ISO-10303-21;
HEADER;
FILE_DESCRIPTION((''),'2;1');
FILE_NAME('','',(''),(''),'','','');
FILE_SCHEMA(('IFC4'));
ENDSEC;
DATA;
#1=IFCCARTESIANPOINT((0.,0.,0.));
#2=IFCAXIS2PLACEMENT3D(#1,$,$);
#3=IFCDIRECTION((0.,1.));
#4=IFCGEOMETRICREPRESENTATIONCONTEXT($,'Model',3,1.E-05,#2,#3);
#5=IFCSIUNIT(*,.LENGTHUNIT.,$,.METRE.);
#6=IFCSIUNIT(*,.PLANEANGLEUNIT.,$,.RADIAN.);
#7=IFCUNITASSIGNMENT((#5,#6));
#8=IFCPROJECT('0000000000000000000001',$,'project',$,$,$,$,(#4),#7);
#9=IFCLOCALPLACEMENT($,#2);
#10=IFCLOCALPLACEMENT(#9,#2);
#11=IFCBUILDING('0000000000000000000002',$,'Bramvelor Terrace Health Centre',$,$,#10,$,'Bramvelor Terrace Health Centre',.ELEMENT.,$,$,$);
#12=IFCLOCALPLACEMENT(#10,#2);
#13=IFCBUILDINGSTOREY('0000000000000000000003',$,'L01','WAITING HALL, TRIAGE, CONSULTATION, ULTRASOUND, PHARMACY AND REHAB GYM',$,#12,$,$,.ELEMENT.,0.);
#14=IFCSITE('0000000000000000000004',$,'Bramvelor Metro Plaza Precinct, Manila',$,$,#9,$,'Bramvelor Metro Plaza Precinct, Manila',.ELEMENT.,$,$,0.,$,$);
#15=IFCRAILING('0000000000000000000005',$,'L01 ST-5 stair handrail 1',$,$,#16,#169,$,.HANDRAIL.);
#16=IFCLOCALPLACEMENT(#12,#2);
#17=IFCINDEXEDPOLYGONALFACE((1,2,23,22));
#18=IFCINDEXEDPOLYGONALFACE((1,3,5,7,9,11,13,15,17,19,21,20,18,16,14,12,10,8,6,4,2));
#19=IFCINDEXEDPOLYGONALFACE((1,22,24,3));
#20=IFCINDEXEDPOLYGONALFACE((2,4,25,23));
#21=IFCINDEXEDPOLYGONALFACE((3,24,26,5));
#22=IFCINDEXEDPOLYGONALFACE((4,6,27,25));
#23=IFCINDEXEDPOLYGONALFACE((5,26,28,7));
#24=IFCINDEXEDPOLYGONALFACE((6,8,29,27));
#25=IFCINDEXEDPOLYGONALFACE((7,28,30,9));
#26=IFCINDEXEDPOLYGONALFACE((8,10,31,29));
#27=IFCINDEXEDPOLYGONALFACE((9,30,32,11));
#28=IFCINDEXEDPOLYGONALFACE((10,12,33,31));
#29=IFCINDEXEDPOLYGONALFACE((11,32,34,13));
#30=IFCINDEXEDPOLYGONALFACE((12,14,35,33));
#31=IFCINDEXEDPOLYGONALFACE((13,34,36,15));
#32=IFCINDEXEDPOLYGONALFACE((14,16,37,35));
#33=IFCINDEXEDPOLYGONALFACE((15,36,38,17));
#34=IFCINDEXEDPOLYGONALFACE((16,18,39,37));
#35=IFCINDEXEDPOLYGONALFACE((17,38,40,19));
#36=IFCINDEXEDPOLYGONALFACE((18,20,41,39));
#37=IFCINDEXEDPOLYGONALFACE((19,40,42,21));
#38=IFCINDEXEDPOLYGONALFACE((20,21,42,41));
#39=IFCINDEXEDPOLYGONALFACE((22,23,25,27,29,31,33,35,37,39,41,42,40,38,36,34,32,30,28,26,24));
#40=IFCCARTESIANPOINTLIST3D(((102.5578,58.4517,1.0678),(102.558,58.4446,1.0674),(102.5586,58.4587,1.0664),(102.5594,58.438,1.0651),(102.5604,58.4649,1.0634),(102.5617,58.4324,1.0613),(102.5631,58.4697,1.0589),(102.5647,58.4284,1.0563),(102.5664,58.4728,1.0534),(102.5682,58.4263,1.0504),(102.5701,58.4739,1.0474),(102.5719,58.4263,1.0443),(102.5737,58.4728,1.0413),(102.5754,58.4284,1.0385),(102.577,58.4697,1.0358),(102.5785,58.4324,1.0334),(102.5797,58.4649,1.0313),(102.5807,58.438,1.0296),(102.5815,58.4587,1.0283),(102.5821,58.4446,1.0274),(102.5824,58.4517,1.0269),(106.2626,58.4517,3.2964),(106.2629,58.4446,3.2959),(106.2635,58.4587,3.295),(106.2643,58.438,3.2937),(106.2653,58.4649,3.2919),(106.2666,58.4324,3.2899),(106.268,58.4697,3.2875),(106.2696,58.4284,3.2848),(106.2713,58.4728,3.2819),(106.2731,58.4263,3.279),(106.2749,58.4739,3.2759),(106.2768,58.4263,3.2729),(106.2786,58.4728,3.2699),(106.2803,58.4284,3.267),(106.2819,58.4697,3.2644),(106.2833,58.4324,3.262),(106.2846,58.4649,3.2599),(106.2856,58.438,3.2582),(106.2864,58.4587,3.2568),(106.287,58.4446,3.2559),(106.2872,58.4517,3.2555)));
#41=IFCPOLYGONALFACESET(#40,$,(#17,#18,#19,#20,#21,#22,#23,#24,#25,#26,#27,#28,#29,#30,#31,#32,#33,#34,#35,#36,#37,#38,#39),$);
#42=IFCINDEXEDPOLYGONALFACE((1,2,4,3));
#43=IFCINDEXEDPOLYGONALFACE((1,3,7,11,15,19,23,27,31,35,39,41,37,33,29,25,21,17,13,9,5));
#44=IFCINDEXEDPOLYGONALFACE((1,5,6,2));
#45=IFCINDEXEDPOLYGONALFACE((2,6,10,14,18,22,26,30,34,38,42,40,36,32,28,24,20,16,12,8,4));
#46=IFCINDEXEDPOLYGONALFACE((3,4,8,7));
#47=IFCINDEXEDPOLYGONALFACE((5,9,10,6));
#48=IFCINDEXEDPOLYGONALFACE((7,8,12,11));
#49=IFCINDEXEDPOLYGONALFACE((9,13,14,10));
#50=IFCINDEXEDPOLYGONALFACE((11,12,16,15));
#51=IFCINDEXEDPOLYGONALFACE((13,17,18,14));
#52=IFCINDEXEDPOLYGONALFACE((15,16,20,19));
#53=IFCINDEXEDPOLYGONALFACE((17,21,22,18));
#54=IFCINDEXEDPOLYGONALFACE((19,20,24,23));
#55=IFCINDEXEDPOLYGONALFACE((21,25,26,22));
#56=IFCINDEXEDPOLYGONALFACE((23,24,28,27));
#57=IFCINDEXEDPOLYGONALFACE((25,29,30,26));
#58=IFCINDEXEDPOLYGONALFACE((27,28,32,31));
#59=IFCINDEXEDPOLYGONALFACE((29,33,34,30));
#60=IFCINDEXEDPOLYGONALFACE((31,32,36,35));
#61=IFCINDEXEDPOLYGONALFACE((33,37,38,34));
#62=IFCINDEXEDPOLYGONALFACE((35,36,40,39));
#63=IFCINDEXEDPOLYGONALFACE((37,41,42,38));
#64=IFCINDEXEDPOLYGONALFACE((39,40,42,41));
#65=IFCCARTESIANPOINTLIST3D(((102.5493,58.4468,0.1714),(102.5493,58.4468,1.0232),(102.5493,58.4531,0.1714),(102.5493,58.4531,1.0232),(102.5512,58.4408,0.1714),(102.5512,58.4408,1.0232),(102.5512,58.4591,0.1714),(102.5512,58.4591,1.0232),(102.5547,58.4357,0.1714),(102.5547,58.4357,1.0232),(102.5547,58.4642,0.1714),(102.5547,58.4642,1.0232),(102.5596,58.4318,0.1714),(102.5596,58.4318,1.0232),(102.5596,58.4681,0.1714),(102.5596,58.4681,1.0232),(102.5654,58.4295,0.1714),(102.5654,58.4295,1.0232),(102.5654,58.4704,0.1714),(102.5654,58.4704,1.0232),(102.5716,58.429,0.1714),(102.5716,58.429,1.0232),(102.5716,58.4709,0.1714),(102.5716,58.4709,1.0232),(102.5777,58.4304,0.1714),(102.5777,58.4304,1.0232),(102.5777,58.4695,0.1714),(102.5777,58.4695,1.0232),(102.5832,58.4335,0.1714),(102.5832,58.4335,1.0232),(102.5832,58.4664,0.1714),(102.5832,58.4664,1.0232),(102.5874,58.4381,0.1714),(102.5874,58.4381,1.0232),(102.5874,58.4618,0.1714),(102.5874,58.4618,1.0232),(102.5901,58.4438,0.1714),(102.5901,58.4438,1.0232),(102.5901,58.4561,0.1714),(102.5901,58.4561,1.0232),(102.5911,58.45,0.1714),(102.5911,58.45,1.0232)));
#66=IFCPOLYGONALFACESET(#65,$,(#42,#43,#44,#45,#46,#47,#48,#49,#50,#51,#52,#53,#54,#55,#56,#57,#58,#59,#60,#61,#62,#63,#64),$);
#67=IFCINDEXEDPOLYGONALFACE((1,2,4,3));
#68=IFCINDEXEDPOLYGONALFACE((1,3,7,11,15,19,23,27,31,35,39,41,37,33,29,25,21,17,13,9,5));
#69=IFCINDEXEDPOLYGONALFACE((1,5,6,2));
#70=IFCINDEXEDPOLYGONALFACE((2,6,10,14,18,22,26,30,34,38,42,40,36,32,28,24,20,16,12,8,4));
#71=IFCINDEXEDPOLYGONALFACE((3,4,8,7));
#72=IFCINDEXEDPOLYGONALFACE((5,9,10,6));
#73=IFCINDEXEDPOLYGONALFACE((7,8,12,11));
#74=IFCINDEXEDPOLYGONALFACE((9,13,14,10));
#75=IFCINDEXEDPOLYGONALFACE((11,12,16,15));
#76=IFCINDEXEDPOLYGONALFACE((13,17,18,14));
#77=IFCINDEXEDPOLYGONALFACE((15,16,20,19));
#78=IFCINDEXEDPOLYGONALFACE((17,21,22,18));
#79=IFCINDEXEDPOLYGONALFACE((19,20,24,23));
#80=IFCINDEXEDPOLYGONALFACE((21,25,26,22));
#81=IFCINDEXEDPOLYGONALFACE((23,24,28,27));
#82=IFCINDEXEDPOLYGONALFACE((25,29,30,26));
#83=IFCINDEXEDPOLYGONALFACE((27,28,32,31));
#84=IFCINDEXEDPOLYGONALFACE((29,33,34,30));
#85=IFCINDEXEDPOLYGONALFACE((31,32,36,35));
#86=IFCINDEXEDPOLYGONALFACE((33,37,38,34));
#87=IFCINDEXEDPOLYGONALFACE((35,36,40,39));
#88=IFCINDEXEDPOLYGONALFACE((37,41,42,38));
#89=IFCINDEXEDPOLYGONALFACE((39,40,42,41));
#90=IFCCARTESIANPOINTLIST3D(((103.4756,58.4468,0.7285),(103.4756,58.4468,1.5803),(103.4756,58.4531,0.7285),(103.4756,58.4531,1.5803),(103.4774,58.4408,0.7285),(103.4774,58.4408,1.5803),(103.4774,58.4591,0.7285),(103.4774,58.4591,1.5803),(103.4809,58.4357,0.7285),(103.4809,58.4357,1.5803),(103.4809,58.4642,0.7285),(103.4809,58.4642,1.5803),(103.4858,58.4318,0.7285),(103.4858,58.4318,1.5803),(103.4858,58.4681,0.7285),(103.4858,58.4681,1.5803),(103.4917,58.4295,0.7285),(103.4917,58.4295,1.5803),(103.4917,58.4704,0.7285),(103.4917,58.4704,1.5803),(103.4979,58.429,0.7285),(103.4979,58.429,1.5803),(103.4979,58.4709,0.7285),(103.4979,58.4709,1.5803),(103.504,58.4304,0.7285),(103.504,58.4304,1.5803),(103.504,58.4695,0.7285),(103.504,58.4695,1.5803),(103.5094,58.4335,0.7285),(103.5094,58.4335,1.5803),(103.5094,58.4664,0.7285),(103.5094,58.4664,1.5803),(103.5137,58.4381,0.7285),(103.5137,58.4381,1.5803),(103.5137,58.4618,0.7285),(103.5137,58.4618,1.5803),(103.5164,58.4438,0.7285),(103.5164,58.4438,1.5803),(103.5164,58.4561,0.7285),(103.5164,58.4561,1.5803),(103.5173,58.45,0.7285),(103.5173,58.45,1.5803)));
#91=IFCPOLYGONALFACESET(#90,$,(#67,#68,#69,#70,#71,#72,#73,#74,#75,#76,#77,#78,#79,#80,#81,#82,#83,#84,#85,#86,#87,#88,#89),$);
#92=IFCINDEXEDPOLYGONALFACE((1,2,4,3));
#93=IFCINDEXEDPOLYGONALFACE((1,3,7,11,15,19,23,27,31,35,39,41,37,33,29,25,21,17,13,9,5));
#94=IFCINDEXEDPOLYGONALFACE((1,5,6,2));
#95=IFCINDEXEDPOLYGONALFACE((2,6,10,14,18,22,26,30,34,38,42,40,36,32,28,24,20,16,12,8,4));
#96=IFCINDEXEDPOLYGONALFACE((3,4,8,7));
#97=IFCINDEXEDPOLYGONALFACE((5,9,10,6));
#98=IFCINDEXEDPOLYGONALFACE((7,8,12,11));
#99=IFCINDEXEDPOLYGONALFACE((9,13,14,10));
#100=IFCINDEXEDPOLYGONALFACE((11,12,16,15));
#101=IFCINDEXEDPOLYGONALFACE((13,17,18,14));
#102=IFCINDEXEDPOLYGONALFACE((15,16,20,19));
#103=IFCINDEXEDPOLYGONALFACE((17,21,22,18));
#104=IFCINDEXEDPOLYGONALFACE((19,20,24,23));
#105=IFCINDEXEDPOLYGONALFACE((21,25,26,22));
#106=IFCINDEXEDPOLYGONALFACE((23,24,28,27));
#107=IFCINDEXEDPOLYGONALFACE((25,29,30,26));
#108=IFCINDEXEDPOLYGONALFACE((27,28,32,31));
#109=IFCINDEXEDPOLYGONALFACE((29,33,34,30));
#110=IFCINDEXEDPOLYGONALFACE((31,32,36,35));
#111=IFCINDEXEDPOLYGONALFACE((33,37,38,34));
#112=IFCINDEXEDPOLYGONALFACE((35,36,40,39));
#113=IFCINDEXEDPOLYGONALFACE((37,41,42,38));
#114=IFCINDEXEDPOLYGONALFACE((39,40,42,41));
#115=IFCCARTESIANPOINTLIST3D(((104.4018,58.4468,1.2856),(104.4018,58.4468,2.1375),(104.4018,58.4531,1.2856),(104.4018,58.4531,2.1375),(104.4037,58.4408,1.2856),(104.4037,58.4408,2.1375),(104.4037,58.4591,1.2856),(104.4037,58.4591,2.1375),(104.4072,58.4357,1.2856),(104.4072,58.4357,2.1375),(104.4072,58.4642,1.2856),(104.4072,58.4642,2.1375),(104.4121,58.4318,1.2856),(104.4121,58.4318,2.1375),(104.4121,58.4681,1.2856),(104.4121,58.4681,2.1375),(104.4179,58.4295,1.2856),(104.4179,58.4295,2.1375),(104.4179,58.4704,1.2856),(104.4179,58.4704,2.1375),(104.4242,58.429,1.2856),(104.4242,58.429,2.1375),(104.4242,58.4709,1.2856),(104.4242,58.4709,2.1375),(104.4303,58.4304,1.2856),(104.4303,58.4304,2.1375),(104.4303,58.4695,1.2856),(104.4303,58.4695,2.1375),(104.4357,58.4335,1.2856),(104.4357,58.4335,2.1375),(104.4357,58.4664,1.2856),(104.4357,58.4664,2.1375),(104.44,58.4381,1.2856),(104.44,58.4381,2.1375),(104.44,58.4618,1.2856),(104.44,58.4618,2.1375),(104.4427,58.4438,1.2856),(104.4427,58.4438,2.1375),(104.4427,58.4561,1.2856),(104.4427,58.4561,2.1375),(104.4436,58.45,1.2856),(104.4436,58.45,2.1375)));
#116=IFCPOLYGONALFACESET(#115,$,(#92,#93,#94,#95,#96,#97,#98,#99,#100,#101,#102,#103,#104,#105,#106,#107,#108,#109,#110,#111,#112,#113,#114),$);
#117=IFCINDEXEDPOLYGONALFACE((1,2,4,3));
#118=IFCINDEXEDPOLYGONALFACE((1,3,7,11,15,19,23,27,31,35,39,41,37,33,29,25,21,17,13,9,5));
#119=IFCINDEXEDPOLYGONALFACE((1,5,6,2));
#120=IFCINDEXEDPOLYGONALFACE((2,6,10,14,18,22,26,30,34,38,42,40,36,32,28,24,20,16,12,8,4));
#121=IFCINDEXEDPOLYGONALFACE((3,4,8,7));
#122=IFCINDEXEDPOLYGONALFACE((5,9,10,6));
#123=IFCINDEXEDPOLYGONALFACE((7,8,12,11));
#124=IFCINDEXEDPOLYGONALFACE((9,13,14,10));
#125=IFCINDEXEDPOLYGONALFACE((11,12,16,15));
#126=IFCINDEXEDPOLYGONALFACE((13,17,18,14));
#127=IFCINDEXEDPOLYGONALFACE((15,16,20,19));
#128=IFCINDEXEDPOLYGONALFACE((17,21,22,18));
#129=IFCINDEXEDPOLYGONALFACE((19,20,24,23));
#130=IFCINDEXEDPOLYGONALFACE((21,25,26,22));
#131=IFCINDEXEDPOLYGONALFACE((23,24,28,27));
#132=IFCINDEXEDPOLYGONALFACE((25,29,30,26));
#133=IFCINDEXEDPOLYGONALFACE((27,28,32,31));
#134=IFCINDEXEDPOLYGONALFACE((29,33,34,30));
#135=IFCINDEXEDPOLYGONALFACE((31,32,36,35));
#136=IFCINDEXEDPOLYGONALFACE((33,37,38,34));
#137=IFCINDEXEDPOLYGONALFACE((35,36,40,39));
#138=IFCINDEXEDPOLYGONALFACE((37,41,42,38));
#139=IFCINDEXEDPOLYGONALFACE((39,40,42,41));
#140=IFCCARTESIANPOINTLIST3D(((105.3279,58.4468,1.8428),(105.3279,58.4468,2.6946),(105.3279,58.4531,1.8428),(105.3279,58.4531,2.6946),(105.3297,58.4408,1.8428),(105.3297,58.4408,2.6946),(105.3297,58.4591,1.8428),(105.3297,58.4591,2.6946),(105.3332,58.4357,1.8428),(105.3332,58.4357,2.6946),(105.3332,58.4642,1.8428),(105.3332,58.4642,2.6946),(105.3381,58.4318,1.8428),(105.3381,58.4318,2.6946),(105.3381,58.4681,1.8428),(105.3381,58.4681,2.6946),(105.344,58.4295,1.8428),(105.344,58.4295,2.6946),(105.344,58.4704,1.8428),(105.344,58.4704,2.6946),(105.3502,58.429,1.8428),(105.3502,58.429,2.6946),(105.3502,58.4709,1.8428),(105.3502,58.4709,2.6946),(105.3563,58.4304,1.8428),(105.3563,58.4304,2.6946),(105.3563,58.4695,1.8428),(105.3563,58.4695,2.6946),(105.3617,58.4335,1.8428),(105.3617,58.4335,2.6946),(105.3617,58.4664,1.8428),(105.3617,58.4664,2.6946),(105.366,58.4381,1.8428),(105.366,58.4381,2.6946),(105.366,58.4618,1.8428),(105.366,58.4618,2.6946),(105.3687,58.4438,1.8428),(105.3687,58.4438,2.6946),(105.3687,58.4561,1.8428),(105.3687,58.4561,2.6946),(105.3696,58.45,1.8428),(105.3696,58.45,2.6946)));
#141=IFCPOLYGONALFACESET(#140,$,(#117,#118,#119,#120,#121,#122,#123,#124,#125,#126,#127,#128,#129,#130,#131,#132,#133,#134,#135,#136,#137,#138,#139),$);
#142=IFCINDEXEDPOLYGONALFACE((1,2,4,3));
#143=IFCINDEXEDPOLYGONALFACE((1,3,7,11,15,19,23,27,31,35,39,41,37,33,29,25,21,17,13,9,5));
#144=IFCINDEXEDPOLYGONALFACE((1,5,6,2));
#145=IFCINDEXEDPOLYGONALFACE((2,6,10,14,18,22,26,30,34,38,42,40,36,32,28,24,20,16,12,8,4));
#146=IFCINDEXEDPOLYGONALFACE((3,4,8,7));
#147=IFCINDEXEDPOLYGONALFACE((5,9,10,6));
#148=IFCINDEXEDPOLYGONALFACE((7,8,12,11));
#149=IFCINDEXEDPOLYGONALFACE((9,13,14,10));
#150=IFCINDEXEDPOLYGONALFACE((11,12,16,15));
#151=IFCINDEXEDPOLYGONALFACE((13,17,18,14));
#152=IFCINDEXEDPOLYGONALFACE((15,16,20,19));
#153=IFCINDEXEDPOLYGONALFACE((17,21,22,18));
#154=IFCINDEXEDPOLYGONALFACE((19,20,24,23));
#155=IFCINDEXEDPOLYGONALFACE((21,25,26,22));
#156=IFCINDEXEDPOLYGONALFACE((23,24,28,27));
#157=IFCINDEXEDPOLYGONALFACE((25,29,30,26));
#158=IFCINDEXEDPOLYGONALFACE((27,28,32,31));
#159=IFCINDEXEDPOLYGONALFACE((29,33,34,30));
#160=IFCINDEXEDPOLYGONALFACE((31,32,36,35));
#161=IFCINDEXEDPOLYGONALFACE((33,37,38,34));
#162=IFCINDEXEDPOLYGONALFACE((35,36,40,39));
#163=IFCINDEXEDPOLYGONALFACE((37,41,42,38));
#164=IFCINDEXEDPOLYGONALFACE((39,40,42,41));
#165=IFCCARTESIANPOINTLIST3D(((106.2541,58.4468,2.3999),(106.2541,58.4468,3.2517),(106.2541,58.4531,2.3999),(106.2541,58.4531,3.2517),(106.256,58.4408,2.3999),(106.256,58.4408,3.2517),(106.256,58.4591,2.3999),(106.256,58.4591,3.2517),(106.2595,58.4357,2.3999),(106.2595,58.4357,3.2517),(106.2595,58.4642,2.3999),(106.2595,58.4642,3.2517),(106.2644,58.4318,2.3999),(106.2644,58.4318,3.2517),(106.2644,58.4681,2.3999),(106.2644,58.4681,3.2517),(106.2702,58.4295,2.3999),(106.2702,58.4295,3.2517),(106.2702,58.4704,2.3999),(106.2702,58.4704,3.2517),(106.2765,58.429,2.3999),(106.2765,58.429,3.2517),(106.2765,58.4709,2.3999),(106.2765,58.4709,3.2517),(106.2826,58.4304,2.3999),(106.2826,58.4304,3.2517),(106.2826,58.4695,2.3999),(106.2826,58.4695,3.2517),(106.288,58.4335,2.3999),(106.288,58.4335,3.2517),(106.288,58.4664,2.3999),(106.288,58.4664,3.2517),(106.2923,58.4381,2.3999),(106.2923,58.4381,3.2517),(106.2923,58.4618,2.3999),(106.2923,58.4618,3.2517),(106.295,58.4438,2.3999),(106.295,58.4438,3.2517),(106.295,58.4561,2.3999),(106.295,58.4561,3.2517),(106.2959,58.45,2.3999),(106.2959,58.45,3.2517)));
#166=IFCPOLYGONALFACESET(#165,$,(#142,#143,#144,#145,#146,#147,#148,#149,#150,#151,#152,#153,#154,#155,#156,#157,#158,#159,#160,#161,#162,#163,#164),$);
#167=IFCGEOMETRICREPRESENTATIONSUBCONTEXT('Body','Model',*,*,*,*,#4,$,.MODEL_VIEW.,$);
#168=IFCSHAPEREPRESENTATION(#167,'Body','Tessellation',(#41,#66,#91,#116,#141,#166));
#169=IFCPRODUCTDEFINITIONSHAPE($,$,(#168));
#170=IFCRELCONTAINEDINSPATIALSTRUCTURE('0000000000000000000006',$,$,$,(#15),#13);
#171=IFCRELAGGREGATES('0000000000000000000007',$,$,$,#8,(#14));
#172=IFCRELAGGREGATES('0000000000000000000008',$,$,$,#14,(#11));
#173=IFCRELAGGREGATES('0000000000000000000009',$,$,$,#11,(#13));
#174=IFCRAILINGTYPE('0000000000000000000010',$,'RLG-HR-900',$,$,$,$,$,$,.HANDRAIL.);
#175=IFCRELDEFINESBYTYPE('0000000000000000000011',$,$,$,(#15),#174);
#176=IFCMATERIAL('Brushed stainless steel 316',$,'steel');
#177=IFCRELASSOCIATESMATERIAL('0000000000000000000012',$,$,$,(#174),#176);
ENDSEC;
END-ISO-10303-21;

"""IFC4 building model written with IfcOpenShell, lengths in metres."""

from ifc_helpers import new_model, si_unit, direction, frame, origin, origin_2d, place, context, subcontext, project, spatial, circle, extrude, material, type_object, element, save


model = new_model("IFC4")

# Units and contexts
model_context = context("Model", 3, precision=1e-05, world=origin(), true_north=direction((0.0, 1.0)))
body_context = subcontext(model_context, "Body", "Model", "MODEL_VIEW")
ifc_project = project(units=[si_unit("LENGTHUNIT", "METRE"), si_unit("PLANEANGLEUNIT", "RADIAN")], contexts=[model_context])

# Site, building, storey
site_placement = place(None, origin())
site = spatial("IfcSite", under=ifc_project, at=site_placement, Name="Bramvelor Metro Plaza Precinct, Manila", LongName="Bramvelor Metro Plaza Precinct, Manila", CompositionType="ELEMENT", RefElevation=0.0)
building_placement = place(site_placement, origin())
building = spatial("IfcBuilding", under=site, at=building_placement, Name="Bramvelor Terrace Health Centre", LongName="Bramvelor Terrace Health Centre", CompositionType="ELEMENT")
storey_placement = place(building_placement, origin())
storey = spatial("IfcBuildingStorey", under=building, at=storey_placement, Name="L01", Description="WAITING HALL, TRIAGE, CONSULTATION, ULTRASOUND, PHARMACY AND REHAB GYM", CompositionType="ELEMENT", Elevation=0.0)

# Railing
ifc_material_1 = material(Name="Brushed stainless steel 316", Category="steel")
railing_type_1 = type_object("IfcRailingType", Name="RLG-HR-900", PredefinedType="HANDRAIL", material=ifc_material_1)
railing_1_placement = place(storey_placement, frame((102.5701, 58.45, 0.1714)))
element("IfcRailing", 1, at=railing_1_placement, inside=storey, type_object=railing_type_1, Name="L01 ST-5 stair handrail 1", PredefinedType="HANDRAIL", context=body_context, shape_type="SweptSolid", body=[
    extrude(circle(Radius=0.0239, at=origin_2d()), frame((0.0, 0.0, 0.876), z_axis=(0.856919, 0.0, 0.51545), x_axis=(0.0, 1.0, 0.0)), (0.0, 0.0, 1.0), 4.3235),
    extrude(circle(Radius=0.021, at=origin_2d()), origin(), (0.0, 0.0, 1.0), 0.8518),
    extrude(circle(Radius=0.021, at=origin_2d()), frame((0.9263, 0.0, 0.5571)), (0.0, 0.0, 1.0), 0.8518),
    extrude(circle(Radius=0.021, at=origin_2d()), frame((1.8525, 0.0, 1.1143)), (0.0, 0.0, 1.0), 0.8518),
    extrude(circle(Radius=0.021, at=origin_2d()), frame((2.7786, 0.0, 1.6714)), (0.0, 0.0, 1.0), 0.8518),
    extrude(circle(Radius=0.021, at=origin_2d()), frame((3.7048, 0.0, 2.2285)), (0.0, 0.0, 1.0), 0.8518),
])

save(model, "model.ifc")
